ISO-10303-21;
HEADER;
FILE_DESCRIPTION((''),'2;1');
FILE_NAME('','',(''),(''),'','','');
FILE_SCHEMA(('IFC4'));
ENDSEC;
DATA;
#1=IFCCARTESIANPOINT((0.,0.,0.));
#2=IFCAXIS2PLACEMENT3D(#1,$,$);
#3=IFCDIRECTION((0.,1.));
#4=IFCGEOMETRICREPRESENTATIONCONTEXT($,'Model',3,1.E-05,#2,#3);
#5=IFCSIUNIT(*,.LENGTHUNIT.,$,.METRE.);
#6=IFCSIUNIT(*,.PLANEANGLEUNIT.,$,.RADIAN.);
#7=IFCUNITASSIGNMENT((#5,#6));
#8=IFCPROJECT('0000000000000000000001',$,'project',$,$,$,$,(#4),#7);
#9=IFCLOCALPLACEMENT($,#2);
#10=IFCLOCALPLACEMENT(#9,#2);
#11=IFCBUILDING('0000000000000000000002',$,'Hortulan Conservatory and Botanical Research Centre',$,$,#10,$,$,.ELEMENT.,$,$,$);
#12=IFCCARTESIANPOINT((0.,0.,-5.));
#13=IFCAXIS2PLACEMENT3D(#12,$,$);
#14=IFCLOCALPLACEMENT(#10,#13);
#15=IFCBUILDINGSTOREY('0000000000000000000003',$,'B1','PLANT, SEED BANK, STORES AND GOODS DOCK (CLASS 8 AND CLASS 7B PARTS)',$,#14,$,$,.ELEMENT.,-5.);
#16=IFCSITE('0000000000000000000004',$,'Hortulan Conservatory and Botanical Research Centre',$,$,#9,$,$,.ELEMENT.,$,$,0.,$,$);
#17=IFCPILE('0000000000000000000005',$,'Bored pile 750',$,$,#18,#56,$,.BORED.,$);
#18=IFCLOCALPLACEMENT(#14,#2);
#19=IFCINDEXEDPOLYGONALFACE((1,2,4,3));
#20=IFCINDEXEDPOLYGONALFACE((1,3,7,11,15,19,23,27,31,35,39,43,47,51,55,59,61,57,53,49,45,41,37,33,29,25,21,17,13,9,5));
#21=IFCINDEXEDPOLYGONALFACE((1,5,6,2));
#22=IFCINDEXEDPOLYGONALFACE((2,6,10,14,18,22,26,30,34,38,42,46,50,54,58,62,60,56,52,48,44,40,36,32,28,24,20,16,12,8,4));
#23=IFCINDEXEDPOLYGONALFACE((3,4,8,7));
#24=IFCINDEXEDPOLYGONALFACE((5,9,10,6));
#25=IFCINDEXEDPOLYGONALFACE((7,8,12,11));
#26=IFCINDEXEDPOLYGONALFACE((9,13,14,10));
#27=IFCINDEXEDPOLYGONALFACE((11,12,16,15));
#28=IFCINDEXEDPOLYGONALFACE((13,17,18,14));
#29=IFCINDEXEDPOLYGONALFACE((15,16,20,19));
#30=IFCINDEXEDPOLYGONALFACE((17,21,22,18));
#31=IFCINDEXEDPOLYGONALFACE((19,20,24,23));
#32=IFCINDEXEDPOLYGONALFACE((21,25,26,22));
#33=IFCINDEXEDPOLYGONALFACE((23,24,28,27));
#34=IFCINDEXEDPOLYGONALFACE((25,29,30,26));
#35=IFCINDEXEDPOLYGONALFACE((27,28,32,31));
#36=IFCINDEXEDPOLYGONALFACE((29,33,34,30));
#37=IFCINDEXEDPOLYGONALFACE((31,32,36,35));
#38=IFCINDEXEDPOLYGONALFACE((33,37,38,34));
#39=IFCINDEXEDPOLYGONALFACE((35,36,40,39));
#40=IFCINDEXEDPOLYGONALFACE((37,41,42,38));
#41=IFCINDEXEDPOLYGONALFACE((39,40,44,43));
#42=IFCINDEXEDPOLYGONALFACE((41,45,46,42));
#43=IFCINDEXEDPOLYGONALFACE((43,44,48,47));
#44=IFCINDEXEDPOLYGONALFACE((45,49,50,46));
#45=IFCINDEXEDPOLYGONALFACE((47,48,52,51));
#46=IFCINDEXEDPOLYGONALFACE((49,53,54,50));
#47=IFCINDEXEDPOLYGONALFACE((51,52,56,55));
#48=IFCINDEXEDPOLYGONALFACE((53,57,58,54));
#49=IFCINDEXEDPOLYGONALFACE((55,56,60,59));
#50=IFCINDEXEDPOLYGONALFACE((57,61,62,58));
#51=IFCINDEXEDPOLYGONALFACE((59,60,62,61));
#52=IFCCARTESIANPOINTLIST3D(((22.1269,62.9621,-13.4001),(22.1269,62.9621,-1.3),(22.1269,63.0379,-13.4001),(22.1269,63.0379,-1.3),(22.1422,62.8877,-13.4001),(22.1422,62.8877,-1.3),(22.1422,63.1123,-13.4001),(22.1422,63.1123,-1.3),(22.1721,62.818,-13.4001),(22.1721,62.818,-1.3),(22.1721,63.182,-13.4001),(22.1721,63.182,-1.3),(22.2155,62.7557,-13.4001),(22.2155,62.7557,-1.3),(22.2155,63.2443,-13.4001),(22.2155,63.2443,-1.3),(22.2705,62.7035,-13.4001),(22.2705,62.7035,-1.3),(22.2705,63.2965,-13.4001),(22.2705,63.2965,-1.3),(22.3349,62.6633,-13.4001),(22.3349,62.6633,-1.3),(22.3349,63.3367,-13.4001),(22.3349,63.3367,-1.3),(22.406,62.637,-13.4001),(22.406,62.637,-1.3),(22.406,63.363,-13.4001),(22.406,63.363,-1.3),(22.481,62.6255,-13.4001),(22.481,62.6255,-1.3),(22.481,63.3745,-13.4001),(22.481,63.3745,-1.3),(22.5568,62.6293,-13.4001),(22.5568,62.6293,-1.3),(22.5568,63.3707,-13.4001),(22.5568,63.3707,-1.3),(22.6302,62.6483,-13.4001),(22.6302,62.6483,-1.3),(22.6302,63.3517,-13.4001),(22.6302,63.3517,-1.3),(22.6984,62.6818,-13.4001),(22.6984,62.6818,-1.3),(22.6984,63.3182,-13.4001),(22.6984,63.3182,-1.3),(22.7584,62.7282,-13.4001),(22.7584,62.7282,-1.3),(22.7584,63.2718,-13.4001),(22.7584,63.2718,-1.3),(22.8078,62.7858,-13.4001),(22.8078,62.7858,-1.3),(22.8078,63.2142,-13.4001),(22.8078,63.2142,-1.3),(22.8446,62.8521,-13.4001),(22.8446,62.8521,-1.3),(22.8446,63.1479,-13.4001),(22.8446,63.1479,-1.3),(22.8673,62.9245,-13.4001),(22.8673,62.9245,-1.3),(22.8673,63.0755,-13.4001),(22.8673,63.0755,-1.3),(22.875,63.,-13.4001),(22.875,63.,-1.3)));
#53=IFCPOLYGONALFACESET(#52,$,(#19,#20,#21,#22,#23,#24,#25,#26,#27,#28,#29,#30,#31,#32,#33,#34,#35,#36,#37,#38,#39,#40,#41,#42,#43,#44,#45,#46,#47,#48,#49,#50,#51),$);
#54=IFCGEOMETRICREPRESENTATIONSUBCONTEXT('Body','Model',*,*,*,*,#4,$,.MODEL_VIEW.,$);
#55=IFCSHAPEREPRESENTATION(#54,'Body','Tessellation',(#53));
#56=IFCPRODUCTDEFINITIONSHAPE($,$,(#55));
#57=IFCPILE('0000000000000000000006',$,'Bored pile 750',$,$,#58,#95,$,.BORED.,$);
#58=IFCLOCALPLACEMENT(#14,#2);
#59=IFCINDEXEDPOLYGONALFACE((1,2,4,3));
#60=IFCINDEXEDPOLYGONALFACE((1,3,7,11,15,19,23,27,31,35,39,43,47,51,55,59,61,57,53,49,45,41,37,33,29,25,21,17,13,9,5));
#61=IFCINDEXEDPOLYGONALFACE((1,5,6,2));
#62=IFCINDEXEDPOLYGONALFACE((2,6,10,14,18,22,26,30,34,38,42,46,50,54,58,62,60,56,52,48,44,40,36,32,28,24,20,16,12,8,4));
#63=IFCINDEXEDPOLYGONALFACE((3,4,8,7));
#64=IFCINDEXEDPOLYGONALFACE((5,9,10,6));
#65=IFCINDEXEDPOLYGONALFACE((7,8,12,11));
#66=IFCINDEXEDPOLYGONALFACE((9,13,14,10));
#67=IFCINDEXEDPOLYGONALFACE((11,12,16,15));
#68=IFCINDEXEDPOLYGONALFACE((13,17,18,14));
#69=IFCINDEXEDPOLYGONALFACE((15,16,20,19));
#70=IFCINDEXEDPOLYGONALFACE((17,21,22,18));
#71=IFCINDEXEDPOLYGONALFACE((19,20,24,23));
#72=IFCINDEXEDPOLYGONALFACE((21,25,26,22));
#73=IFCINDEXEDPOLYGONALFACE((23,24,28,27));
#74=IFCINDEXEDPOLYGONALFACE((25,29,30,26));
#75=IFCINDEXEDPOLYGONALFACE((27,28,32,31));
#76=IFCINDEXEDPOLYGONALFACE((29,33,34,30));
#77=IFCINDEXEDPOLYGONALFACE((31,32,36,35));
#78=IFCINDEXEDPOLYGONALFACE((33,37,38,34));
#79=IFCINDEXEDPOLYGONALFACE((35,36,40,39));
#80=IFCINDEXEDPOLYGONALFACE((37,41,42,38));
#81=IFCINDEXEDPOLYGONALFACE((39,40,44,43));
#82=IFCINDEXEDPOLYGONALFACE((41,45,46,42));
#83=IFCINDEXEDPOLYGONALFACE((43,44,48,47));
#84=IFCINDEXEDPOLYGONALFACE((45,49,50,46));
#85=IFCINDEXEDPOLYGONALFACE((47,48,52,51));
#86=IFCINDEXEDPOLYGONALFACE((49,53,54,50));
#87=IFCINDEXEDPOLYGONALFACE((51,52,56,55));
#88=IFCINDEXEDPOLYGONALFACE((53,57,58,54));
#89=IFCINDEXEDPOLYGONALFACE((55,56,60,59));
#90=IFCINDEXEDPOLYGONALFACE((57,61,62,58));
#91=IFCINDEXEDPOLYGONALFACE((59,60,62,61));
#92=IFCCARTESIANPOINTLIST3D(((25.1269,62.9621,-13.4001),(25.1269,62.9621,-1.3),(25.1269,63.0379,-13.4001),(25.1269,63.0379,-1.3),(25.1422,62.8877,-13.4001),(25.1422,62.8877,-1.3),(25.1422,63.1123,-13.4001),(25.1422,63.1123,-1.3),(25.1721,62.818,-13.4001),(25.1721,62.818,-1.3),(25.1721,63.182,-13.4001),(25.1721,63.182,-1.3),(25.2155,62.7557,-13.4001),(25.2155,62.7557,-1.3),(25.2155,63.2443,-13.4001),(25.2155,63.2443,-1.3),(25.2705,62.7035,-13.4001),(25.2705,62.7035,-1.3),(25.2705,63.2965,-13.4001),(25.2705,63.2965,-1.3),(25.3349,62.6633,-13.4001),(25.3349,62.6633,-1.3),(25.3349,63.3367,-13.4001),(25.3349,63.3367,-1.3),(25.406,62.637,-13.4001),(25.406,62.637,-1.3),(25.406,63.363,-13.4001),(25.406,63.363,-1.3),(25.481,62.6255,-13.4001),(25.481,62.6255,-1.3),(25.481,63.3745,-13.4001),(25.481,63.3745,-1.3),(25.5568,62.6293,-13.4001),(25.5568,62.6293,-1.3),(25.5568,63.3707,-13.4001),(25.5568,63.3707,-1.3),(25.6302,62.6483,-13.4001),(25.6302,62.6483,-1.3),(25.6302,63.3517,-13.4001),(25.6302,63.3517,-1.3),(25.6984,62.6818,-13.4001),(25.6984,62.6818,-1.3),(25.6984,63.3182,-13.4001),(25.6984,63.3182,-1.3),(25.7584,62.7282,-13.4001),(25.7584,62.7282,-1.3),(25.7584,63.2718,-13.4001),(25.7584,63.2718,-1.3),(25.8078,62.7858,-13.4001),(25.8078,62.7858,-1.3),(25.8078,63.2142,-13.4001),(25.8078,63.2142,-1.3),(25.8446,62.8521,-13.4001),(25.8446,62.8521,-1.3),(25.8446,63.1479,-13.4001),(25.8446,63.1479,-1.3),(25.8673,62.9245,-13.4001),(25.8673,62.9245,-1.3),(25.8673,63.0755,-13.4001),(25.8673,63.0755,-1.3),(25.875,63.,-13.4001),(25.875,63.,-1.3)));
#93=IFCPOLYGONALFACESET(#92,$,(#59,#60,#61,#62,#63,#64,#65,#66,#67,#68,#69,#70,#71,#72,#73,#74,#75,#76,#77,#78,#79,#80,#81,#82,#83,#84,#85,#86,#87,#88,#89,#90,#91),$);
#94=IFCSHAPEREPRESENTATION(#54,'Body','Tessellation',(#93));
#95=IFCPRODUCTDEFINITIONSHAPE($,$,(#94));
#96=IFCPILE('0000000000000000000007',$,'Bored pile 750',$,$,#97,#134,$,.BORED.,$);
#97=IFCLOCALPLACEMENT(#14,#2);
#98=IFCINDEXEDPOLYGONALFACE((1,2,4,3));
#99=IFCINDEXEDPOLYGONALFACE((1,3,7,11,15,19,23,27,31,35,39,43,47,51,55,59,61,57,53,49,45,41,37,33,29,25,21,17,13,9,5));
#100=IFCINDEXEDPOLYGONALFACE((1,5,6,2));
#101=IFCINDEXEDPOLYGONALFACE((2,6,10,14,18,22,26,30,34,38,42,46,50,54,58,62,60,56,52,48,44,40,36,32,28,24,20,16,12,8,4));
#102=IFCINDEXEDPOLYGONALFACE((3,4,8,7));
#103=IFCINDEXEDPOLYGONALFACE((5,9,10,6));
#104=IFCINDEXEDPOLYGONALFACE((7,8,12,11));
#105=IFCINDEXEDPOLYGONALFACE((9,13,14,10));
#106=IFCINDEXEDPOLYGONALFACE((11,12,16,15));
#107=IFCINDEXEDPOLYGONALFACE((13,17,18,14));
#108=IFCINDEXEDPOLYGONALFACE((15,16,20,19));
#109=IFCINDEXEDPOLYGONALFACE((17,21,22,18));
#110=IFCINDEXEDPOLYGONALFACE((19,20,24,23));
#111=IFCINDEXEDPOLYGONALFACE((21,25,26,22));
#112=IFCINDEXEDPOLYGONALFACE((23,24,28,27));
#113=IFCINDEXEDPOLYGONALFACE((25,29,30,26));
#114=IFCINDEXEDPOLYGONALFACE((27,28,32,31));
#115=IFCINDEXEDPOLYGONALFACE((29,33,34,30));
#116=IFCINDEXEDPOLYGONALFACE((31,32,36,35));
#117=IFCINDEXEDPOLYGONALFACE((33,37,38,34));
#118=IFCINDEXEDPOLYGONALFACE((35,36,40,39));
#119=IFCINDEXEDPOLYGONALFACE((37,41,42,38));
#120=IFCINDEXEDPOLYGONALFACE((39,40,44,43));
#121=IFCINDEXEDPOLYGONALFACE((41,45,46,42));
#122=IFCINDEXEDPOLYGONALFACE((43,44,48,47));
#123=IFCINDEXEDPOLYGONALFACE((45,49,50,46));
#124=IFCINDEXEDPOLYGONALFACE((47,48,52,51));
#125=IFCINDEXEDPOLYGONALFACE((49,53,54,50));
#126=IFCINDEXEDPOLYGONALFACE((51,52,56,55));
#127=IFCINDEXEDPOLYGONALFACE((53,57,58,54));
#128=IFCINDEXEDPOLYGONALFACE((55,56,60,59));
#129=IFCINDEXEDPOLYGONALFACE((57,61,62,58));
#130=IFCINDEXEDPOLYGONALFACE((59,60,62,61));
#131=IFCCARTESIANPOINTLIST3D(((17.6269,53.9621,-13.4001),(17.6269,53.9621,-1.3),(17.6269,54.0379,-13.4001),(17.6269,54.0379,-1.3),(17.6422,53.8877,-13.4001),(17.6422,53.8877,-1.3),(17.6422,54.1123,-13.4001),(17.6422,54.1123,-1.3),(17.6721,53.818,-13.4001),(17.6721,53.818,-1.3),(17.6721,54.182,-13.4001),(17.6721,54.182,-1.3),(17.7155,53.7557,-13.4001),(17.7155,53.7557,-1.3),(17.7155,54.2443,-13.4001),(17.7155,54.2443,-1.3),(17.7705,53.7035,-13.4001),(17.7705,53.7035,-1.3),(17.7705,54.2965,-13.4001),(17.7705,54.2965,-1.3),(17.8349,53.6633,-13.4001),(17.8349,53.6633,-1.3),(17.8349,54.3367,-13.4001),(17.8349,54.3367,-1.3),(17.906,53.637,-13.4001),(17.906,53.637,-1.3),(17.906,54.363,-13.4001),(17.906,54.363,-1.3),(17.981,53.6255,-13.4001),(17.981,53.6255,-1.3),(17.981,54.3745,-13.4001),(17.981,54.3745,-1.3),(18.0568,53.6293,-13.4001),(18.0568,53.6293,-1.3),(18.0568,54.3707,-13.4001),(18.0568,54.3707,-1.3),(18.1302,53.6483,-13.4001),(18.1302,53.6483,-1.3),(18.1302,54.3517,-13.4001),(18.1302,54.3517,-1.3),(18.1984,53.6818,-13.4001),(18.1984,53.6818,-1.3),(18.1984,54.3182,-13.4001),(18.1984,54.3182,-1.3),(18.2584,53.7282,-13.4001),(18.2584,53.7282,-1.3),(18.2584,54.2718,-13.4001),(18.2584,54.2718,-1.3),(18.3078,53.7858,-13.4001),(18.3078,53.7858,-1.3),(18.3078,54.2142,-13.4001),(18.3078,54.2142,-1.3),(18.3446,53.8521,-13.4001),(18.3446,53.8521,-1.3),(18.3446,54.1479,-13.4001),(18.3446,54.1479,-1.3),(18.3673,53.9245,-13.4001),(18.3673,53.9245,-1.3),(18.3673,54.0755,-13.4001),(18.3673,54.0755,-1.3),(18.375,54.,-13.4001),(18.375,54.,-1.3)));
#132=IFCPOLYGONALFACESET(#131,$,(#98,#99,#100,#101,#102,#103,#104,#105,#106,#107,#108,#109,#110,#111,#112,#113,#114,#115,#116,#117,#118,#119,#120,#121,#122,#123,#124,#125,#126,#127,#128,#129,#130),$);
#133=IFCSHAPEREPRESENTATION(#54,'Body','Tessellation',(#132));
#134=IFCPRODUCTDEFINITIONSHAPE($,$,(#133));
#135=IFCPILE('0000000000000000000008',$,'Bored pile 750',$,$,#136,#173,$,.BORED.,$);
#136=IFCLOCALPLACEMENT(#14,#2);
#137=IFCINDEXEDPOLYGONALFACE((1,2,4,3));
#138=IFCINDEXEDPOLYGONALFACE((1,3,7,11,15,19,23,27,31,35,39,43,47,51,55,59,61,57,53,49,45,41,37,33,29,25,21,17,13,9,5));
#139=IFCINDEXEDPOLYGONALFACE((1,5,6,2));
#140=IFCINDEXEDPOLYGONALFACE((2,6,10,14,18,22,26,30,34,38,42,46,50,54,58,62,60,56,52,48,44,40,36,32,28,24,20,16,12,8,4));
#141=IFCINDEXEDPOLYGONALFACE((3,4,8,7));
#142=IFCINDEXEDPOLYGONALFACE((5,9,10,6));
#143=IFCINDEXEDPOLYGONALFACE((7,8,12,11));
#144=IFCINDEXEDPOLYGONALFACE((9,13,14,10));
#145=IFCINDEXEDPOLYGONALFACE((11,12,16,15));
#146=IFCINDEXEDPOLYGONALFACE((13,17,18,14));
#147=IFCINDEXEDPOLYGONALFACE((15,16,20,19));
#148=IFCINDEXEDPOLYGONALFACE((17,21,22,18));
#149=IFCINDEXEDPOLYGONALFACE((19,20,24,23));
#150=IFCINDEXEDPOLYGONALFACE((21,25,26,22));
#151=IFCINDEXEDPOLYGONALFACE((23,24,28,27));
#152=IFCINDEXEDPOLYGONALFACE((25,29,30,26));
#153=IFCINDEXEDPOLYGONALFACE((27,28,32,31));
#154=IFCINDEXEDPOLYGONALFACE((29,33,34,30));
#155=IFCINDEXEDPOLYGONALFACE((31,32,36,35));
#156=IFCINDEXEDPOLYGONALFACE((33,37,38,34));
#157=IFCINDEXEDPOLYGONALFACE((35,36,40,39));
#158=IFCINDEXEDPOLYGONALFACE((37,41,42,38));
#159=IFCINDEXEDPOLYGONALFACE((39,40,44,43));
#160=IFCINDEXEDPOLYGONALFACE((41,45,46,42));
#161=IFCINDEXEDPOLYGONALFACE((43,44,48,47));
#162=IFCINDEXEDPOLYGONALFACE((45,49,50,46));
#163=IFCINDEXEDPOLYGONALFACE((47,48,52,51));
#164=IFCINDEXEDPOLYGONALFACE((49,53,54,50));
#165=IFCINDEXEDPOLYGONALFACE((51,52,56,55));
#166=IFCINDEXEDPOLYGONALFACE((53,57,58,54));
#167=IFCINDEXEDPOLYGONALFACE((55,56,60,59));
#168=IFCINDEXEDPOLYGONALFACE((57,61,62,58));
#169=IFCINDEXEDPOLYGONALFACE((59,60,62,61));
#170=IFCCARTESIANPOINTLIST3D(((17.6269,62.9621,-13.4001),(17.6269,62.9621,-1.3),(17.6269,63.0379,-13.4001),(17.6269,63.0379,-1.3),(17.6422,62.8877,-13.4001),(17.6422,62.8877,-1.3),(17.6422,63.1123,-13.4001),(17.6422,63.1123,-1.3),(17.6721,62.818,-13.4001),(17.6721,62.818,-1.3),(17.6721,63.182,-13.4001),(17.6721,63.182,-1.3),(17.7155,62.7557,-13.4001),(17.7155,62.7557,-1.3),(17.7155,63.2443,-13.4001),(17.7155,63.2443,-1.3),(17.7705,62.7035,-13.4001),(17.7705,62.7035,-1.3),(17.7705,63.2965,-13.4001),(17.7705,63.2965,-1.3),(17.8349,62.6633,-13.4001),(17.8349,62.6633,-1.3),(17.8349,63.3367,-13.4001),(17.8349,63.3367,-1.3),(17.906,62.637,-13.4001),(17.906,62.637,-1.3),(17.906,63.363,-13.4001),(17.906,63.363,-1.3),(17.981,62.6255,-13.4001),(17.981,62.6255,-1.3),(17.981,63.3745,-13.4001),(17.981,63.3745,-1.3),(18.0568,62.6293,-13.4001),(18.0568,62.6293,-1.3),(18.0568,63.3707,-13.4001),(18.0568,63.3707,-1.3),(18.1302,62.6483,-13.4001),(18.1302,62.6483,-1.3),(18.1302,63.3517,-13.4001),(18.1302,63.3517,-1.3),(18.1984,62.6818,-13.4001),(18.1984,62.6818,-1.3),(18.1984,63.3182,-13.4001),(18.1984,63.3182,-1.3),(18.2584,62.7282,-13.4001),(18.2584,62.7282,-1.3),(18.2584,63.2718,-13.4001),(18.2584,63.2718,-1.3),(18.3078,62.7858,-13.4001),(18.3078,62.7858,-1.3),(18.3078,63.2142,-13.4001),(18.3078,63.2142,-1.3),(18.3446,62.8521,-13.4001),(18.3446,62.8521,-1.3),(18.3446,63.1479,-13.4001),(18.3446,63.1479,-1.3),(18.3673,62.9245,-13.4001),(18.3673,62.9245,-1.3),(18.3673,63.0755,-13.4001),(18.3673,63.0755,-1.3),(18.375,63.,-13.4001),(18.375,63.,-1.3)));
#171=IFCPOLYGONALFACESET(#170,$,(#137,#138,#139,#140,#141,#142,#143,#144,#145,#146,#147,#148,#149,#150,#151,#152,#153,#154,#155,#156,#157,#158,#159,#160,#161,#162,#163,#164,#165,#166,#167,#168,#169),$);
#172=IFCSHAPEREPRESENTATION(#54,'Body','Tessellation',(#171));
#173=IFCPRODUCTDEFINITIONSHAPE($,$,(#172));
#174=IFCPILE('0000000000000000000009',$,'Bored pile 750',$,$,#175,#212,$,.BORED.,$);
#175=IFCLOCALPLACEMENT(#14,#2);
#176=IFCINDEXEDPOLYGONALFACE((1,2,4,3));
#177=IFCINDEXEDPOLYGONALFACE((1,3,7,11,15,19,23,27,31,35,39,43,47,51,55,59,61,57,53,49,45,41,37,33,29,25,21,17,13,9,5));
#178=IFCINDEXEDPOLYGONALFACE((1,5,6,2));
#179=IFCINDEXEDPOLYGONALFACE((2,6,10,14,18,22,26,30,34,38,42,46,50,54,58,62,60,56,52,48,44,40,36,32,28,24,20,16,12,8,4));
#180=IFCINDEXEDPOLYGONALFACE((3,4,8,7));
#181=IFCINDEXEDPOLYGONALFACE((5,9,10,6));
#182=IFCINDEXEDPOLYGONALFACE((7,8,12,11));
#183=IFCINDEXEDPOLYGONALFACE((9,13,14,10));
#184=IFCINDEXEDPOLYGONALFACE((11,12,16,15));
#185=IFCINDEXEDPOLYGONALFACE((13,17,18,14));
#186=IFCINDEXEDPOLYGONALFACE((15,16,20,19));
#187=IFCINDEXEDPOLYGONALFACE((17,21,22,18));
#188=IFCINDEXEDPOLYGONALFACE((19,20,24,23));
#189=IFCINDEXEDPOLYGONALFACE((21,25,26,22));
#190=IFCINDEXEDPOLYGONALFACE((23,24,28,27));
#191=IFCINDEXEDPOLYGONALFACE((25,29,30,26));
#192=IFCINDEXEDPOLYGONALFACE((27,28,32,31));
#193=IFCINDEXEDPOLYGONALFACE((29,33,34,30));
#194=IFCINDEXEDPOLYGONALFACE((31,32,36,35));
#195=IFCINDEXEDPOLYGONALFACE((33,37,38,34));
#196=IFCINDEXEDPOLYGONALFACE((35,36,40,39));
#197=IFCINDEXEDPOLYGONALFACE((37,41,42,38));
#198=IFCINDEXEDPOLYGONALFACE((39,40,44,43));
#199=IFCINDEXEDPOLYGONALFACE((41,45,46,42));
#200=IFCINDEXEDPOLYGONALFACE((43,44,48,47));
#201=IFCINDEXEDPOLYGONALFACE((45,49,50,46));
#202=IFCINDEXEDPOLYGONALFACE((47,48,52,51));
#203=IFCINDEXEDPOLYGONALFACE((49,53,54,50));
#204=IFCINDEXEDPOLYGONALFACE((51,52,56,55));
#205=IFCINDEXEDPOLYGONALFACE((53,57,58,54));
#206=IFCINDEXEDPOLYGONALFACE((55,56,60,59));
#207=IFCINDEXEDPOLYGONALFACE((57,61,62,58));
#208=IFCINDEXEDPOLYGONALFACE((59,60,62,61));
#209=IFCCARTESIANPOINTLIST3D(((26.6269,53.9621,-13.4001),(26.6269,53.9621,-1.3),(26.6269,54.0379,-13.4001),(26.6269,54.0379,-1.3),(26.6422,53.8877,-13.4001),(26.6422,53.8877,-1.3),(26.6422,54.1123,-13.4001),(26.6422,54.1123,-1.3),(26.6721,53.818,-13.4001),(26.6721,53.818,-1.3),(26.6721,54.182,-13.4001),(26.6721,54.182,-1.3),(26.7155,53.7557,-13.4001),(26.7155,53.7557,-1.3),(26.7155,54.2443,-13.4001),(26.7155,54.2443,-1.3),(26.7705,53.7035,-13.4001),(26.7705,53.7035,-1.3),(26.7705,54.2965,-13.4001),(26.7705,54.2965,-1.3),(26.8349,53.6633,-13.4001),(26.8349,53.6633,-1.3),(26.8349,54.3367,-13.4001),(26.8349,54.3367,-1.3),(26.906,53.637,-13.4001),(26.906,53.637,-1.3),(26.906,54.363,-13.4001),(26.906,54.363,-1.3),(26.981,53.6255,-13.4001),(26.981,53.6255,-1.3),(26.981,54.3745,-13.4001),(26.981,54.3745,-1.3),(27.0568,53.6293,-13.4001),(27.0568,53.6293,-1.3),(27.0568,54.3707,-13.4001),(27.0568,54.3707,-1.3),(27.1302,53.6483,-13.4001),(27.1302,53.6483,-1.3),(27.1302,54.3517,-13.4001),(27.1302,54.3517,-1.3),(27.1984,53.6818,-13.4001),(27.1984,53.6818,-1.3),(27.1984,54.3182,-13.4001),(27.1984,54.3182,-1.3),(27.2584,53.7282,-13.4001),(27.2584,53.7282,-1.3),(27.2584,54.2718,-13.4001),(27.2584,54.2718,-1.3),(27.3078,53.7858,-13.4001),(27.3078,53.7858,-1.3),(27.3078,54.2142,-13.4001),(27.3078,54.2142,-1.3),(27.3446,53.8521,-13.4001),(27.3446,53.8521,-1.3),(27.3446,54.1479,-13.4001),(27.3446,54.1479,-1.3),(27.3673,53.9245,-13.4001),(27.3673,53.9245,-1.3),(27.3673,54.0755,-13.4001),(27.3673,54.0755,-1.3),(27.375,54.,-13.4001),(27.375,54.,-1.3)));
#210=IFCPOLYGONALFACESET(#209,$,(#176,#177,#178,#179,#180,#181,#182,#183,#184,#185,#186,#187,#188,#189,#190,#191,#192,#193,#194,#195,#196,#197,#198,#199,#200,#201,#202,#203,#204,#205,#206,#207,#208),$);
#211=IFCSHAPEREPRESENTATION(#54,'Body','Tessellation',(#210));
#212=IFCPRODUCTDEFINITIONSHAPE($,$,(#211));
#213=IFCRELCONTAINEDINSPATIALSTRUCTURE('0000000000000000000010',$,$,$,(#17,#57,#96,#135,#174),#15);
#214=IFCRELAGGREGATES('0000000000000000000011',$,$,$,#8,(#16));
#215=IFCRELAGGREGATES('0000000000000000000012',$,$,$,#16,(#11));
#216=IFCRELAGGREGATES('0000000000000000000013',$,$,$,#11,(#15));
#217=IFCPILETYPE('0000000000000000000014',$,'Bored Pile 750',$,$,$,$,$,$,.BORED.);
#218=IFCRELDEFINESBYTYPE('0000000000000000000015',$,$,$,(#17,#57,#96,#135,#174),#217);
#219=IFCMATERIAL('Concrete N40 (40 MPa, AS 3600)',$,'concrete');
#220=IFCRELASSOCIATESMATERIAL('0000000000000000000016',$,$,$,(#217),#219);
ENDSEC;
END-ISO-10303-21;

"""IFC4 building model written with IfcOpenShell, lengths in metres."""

from ifc_helpers import new_model, si_unit, direction, frame, origin, origin_2d, place, context, subcontext, project, spatial, circle, extrude, material, material_profile, profile_set, type_object, element, save


model = new_model("IFC4")

# Units and contexts
model_context = context("Model", 3, precision=1e-05, world=origin(), true_north=direction((0.0, 1.0)))
body_context = subcontext(model_context, "Body", "Model", "MODEL_VIEW")
ifc_project = project(units=[si_unit("LENGTHUNIT", "METRE"), si_unit("PLANEANGLEUNIT", "RADIAN")], contexts=[model_context])

# Site, building, storey
site_placement = place(None, origin())
site = spatial("IfcSite", under=ifc_project, at=site_placement, Name="Hortulan Conservatory and Botanical Research Centre", CompositionType="ELEMENT", RefElevation=0.0)
building_placement = place(site_placement, origin())
building = spatial("IfcBuilding", under=site, at=building_placement, Name="Hortulan Conservatory and Botanical Research Centre", CompositionType="ELEMENT")
storey_placement = place(building_placement, frame((0.0, 0.0, -5.0)))
storey = spatial("IfcBuildingStorey", under=building, at=storey_placement, Name="B1", Description="PLANT, SEED BANK, STORES AND GOODS DOCK (CLASS 8 AND CLASS 7B PARTS)", CompositionType="ELEMENT", Elevation=-5.0)

# Piles
ifc_material_1 = material(Name="Concrete N40 (40 MPa, AS 3600)", Category="concrete")
ifc_material_profile_1 = material_profile(ifc_material_1, circle(Radius=0.375, at=origin_2d()), Name="Bored pile 750 diameter")
ifc_profile_set_1 = profile_set([ifc_material_profile_1], Name="Concrete N40 (40 MPa, AS 3600)")
pile_type = type_object("IfcPileType", Name="Bored Pile 750", PredefinedType="BORED", material=ifc_profile_set_1)
for number, where, z_axis, x_axis, name in (
    (1, (22.5, 63.0, -1.3), (0.0, 0.0, -1.0), (1.0, 0.0, 0.0), "Bored pile 750"),
    (2, (25.5, 63.0, -1.3), (0.0, 0.0, -1.0), (1.0, 0.0, 0.0), "Bored pile 750"),
    (3, (18.0, 54.0, -1.3), (0.0, 0.0, -1.0), (1.0, 0.0, 0.0), "Bored pile 750"),
    (4, (18.0, 63.0, -1.3), (0.0, 0.0, -1.0), (1.0, 0.0, 0.0), "Bored pile 750"),
    (5, (27.0, 54.0, -1.3), (0.0, 0.0, -1.0), (1.0, 0.0, 0.0), "Bored pile 750"),
):
    element("IfcPile", number, at=place(storey_placement, frame(where, z_axis=z_axis, x_axis=x_axis)), inside=storey, type_object=pile_type, Name=name, PredefinedType="BORED", context=body_context, shape_type="SweptSolid", body=[
        extrude(circle(Radius=0.375, at=origin_2d()), origin(), (0.0, 0.0, 1.0), 12.1001),
    ])

save(model, "model.ifc")
